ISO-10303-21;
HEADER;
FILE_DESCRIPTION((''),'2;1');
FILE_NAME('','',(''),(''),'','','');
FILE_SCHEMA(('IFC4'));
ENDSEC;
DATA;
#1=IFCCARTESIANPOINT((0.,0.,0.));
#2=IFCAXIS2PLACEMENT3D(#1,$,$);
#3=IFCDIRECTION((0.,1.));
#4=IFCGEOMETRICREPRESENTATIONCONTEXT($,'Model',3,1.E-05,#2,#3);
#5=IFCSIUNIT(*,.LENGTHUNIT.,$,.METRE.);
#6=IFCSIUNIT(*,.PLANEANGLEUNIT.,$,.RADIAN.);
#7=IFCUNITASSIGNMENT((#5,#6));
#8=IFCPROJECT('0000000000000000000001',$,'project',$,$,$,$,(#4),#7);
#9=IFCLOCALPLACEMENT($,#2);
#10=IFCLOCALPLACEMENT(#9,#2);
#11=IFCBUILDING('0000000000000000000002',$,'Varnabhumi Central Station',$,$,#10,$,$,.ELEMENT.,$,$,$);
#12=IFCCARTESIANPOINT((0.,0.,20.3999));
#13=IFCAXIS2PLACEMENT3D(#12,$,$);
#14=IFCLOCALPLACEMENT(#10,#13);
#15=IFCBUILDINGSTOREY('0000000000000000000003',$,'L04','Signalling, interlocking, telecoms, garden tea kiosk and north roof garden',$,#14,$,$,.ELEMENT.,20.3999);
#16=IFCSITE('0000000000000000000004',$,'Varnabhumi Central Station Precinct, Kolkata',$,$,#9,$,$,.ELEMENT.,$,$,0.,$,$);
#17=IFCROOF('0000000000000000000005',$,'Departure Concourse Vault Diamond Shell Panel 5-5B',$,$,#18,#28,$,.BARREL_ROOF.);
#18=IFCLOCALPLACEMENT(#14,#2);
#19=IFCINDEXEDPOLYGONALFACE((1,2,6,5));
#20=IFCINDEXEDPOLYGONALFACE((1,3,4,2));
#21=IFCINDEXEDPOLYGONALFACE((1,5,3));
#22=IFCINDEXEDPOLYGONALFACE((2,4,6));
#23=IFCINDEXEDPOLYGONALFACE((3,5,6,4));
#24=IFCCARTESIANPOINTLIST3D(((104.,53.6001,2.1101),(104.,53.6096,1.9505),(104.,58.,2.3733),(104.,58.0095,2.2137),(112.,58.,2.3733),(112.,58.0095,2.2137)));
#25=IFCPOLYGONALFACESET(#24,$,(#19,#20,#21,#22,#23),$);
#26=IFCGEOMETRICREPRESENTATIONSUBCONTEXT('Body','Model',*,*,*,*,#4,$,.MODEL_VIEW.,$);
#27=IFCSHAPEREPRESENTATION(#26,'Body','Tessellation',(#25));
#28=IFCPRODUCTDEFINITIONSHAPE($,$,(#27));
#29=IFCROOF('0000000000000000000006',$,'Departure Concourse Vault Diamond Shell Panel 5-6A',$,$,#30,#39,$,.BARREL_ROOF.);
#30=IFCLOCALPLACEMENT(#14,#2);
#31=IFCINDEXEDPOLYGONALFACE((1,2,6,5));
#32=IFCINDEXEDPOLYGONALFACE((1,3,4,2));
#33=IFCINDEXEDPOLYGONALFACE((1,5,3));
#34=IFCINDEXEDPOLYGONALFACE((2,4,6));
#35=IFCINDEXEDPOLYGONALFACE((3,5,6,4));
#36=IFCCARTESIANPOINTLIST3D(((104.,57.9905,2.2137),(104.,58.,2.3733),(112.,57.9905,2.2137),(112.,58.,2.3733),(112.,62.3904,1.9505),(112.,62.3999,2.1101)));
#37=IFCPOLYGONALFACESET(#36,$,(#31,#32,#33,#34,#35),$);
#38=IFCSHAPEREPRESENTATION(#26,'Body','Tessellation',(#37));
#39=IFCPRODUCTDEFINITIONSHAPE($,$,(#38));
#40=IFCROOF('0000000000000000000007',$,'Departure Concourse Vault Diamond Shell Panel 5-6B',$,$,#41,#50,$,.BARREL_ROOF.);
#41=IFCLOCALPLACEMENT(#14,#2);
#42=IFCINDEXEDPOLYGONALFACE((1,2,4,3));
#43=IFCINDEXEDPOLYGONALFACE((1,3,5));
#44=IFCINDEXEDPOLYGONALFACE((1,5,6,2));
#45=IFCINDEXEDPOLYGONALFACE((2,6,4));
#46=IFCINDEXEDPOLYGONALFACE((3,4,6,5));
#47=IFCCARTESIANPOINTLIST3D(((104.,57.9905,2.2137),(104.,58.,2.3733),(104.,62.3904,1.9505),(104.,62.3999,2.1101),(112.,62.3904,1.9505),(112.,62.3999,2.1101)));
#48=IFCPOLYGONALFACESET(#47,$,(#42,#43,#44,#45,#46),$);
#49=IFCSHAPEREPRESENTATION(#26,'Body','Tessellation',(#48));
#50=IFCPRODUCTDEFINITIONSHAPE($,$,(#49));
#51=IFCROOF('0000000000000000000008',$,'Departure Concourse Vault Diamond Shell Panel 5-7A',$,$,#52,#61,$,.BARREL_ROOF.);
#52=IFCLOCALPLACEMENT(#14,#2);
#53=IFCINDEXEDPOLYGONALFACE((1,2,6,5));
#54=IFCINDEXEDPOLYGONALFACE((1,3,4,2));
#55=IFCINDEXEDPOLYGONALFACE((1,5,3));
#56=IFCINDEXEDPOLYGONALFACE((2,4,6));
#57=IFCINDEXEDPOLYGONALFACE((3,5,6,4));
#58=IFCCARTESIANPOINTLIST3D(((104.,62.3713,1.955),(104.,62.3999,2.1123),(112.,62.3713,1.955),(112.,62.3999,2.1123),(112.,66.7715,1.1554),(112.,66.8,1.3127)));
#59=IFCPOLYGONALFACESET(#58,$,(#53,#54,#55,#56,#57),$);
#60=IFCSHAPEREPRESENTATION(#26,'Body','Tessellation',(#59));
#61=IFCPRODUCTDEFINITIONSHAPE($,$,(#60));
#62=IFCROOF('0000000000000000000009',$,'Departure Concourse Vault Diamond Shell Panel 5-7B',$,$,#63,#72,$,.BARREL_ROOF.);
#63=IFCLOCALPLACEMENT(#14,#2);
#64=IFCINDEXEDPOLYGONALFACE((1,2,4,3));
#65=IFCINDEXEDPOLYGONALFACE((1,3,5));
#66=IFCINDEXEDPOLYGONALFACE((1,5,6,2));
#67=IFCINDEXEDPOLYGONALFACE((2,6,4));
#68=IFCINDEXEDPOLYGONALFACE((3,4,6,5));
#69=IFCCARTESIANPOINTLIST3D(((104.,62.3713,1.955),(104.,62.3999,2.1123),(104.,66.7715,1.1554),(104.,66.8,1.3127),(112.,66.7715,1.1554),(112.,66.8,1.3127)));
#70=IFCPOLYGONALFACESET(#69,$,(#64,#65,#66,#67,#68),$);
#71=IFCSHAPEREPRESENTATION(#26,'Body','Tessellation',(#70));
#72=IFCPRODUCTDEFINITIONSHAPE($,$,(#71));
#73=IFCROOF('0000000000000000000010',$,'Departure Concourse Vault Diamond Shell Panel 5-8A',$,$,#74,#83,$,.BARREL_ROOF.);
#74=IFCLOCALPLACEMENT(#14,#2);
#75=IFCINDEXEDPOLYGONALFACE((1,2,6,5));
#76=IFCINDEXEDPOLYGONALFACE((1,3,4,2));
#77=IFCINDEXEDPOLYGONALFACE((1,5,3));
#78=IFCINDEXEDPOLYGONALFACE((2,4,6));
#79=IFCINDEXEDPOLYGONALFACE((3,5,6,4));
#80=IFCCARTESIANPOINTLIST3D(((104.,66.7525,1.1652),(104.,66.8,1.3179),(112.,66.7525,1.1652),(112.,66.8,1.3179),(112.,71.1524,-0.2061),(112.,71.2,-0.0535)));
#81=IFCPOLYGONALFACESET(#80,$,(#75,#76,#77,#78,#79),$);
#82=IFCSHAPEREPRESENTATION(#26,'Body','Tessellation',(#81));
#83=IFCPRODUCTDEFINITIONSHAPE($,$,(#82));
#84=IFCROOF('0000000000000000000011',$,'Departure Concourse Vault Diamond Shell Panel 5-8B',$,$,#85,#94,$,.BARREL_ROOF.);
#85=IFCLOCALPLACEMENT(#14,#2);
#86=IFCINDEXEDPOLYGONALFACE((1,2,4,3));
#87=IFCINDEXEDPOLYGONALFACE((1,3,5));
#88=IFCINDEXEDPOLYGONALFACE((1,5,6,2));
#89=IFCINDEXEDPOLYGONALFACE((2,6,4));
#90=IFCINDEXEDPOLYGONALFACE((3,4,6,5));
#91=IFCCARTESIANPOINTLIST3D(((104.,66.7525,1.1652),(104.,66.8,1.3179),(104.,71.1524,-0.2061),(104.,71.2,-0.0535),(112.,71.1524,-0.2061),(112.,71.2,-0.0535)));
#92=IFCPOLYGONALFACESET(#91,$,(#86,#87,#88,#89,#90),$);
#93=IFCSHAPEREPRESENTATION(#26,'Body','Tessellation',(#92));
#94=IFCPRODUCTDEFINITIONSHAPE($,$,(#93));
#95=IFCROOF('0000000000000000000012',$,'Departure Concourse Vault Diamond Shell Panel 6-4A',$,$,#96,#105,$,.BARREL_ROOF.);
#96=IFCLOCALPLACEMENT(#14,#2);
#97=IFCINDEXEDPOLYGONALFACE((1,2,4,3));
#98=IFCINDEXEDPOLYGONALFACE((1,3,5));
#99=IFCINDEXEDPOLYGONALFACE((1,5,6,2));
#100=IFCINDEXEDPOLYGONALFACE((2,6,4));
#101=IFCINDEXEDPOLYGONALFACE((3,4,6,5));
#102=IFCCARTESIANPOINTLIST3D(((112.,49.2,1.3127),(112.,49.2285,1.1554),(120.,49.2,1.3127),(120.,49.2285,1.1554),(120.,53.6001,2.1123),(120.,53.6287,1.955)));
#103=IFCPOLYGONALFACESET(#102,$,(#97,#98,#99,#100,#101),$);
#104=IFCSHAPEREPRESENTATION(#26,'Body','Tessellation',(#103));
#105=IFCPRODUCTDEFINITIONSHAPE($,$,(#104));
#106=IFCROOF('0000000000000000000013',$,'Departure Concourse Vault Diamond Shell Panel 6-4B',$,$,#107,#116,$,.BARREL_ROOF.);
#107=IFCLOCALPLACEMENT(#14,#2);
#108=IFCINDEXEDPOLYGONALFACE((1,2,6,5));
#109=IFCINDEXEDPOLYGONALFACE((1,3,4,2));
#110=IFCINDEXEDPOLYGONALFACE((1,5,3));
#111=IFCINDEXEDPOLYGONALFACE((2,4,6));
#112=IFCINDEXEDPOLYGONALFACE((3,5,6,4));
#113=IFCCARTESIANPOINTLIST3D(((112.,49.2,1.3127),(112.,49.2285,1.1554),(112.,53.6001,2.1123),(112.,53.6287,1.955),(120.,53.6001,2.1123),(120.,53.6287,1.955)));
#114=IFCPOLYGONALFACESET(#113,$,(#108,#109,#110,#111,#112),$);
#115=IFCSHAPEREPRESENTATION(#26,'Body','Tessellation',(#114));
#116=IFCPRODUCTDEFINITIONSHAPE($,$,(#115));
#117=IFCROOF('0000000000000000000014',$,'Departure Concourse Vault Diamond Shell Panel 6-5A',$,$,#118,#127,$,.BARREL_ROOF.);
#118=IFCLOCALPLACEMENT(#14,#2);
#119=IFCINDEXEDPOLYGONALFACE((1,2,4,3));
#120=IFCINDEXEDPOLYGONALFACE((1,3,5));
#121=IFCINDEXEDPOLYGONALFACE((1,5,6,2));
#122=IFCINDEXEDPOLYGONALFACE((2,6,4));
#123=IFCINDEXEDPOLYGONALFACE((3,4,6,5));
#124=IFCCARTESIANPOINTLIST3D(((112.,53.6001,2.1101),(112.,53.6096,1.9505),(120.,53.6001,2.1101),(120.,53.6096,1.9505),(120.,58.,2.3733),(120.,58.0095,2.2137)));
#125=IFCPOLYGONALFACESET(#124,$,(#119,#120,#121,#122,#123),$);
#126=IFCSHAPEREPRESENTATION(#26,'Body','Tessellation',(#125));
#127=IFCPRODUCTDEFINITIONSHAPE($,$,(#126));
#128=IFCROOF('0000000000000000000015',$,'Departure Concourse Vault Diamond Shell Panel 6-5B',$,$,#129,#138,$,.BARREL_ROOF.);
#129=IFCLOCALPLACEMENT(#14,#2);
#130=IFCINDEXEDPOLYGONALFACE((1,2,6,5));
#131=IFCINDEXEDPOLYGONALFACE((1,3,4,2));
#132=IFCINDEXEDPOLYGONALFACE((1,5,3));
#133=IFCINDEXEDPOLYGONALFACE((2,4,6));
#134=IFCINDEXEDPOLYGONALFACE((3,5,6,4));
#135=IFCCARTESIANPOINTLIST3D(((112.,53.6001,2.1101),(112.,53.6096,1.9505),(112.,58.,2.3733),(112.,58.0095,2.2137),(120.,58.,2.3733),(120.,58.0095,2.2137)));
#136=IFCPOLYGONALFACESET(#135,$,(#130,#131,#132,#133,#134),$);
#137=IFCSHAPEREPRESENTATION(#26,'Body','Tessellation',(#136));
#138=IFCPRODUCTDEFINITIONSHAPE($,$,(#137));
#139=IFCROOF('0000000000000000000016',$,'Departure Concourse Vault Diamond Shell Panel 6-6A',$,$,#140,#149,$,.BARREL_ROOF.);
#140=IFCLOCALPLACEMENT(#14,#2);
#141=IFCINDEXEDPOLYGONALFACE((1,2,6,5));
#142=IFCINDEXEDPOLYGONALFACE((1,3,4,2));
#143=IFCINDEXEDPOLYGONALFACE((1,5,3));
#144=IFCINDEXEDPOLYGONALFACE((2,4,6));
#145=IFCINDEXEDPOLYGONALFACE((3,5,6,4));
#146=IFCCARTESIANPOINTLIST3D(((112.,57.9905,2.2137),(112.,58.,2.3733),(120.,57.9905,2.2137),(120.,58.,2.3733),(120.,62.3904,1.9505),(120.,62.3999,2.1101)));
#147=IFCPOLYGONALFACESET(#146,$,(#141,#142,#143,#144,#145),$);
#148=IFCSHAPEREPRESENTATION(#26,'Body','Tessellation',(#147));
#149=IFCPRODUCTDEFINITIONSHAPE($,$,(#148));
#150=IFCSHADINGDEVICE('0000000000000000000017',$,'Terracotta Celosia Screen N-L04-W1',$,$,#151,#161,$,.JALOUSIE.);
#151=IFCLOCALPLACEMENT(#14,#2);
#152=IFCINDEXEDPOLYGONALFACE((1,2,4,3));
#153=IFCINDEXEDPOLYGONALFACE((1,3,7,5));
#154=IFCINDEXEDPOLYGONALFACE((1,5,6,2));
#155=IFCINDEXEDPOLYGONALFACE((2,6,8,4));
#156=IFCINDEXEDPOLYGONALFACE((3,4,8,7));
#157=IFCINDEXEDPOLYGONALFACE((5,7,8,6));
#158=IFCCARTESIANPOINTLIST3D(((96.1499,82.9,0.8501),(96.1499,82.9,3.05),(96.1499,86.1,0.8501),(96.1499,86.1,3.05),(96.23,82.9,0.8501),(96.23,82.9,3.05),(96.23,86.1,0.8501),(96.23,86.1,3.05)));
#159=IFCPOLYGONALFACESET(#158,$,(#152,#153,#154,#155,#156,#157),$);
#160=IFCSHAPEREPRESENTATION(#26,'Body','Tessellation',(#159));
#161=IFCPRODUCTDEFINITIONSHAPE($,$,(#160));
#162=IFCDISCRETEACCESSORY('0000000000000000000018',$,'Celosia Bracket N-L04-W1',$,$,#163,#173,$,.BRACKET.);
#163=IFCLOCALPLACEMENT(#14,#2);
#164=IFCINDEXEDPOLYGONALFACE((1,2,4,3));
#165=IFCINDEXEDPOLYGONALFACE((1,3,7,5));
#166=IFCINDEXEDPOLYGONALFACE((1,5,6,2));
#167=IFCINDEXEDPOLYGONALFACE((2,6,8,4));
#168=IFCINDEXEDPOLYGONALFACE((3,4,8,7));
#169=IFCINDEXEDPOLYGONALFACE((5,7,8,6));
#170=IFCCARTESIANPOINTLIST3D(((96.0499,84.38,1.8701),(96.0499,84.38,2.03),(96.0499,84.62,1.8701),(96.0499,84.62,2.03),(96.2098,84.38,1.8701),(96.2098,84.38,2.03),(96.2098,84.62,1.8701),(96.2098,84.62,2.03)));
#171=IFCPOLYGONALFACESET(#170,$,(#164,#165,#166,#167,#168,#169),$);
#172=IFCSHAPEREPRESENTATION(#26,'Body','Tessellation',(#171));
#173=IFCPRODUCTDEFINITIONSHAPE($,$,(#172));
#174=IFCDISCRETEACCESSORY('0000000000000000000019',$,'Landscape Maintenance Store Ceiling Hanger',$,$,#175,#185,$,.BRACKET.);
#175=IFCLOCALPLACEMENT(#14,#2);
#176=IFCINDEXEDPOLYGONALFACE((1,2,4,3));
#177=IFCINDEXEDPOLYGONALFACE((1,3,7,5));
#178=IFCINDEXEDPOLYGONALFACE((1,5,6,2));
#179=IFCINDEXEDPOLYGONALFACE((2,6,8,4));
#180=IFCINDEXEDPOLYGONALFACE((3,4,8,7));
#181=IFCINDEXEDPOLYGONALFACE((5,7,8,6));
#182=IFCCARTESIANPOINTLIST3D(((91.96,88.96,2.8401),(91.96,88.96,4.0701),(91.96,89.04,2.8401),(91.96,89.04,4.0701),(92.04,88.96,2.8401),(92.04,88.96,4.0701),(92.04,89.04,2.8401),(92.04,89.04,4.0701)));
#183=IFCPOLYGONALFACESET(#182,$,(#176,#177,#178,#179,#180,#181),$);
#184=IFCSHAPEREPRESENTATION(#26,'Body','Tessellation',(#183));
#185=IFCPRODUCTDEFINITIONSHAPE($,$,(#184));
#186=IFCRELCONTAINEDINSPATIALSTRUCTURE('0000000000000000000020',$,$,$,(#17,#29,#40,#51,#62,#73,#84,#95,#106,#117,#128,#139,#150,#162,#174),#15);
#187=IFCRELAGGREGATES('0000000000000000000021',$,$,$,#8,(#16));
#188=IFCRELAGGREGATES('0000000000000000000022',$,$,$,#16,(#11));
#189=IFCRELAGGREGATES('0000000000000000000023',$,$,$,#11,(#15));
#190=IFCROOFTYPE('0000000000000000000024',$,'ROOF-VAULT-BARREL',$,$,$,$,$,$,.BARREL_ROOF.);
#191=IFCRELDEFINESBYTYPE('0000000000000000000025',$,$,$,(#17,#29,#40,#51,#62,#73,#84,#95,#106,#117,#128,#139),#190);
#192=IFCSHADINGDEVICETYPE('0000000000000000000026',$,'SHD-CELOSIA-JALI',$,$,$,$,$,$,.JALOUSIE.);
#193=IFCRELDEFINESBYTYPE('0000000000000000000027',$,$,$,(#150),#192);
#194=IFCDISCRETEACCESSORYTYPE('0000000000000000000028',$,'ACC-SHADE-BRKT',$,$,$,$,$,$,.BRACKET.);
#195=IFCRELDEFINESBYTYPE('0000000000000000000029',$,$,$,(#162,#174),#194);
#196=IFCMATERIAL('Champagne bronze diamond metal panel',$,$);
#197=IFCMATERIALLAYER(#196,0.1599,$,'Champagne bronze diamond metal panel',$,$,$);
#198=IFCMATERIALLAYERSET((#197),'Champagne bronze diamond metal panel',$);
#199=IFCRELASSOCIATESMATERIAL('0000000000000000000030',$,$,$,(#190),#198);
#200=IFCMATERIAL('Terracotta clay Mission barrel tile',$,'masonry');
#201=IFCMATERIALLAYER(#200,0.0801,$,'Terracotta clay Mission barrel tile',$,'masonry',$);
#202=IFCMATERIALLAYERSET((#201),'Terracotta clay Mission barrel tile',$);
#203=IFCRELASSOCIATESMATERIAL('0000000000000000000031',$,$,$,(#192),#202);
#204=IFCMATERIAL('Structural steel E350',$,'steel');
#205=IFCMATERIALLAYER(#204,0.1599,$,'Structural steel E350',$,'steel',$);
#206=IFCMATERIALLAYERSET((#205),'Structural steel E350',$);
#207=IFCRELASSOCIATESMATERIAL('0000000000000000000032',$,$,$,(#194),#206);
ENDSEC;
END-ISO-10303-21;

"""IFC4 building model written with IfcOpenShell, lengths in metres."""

from ifc_helpers import new_model, si_unit, direction, frame, origin, origin_2d, place, context, subcontext, project, spatial, polyline, rectangle, outline, extrude, material, layer, layer_set, type_object, element, save


model = new_model("IFC4")

# Units and contexts
model_context = context("Model", 3, precision=1e-05, world=origin(), true_north=direction((0.0, 1.0)))
body_context = subcontext(model_context, "Body", "Model", "MODEL_VIEW")
ifc_project = project(units=[si_unit("LENGTHUNIT", "METRE"), si_unit("PLANEANGLEUNIT", "RADIAN")], contexts=[model_context])

# Site, building, storey
site_placement = place(None, origin())
site = spatial("IfcSite", under=ifc_project, at=site_placement, Name="Varnabhumi Central Station Precinct, Kolkata", CompositionType="ELEMENT", RefElevation=0.0)
building_placement = place(site_placement, origin())
building = spatial("IfcBuilding", under=site, at=building_placement, Name="Varnabhumi Central Station", CompositionType="ELEMENT")
storey_placement = place(building_placement, frame((0.0, 0.0, 20.3999)))
storey = spatial("IfcBuildingStorey", under=building, at=storey_placement, Name="L04", Description="Signalling, interlocking, telecoms, garden tea kiosk and north roof garden", CompositionType="ELEMENT", Elevation=20.3999)

# Shared definitions
ifc_material_1 = material(Name="Structural steel E350", Category="steel")

# Roofs
ifc_material_2 = material(Name="Champagne bronze diamond metal panel")
ifc_layer_1 = layer(ifc_material_2, 0.1599, Name="Champagne bronze diamond metal panel")
ifc_layer_set_1 = layer_set([ifc_layer_1], Name="Champagne bronze diamond metal panel")
roof_type = type_object("IfcRoofType", Name="ROOF-VAULT-BARREL", PredefinedType="BARREL_ROOF", material=ifc_layer_set_1)
roof_1_placement = place(storey_placement, frame((104.0, 53.6001, 2.1101), z_axis=(0.0, -0.059709, 0.998216), x_axis=(0.875857, 0.48171, 0.028814)))
element("IfcRoof", 1, at=roof_1_placement, inside=storey, type_object=roof_type, Name="Departure Concourse Vault Diamond Shell Panel 5-5B", PredefinedType="BARREL_ROOF", context=body_context, shape_type="SweptSolid", body=[
    extrude(outline(polyline([(0.0, 0.0), (9.1339, 0.0), (2.1271, 3.8606), (0.0, 0.0)])), origin(), (0.0, 0.0, -1.0), 0.1599),
])
roof_2_placement = place(storey_placement, frame((104.0, 58.0, 2.3733), z_axis=(0.0, 0.059709, 0.998216), x_axis=(1.0, 0.0, 0.0)))
element("IfcRoof", 2, at=roof_2_placement, inside=storey, type_object=roof_type, Name="Departure Concourse Vault Diamond Shell Panel 5-6A", PredefinedType="BARREL_ROOF", context=body_context, shape_type="SweptSolid", body=[
    extrude(outline(polyline([(0.0, 0.0), (8.0, 0.0), (8.0, 4.4078), (0.0, 0.0)])), origin(), (0.0, 0.0, -1.0), 0.1599),
])
roof_3_placement = place(storey_placement, frame((104.0, 58.0, 2.3733), z_axis=(0.0, 0.059709, 0.998216), x_axis=(0.875857, 0.48171, -0.028814)))
element("IfcRoof", 3, at=roof_3_placement, inside=storey, type_object=roof_type, Name="Departure Concourse Vault Diamond Shell Panel 5-6B", PredefinedType="BARREL_ROOF", context=body_context, shape_type="SweptSolid", body=[
    extrude(outline(polyline([(0.0, 0.0), (9.1339, 0.0), (2.1271, 3.8606), (0.0, 0.0)])), origin(), (0.0, 0.0, -1.0), 0.1599),
])
roof_4_placement = place(storey_placement, frame((104.0, 62.3999, 2.1123), z_axis=(0.0, 0.178785, 0.983888), x_axis=(1.0, 0.0, 0.0)))
element("IfcRoof", 4, at=roof_4_placement, inside=storey, type_object=roof_type, Name="Departure Concourse Vault Diamond Shell Panel 5-7A", PredefinedType="BARREL_ROOF", context=body_context, shape_type="SweptSolid", body=[
    extrude(outline(polyline([(0.0, 0.0), (8.0, 0.0), (8.0, 4.4722), (0.0, 0.0)])), origin(), (0.0, 0.0, -1.0), 0.1599),
])
roof_5_placement = place(storey_placement, frame((104.0, 62.3999, 2.1123), z_axis=(0.0, 0.178785, 0.983888), x_axis=(0.872869, 0.480094, -0.087239)))
element("IfcRoof", 5, at=roof_5_placement, inside=storey, type_object=roof_type, Name="Departure Concourse Vault Diamond Shell Panel 5-7B", PredefinedType="BARREL_ROOF", context=body_context, shape_type="SweptSolid", body=[
    extrude(outline(polyline([(0.0, 0.0), (9.1652, 0.0), (2.1822, 3.9036), (0.0, 0.0)])), origin(), (0.0, 0.0, -1.0), 0.1599),
])
roof_6_placement = place(storey_placement, frame((104.0, 66.8, 1.3179), z_axis=(0.0, 0.297557, 0.954704), x_axis=(1.0, 0.0, 0.0)))
element("IfcRoof", 6, at=roof_6_placement, inside=storey, type_object=roof_type, Name="Departure Concourse Vault Diamond Shell Panel 5-8A", PredefinedType="BARREL_ROOF", context=body_context, shape_type="SweptSolid", body=[
    extrude(outline(polyline([(0.0, 0.0), (8.0, 0.0), (8.0, 4.6087), (0.0, 0.0)])), origin(), (0.0, 0.0, -1.0), 0.1599),
])
roof_7_placement = place(storey_placement, frame((104.0, 66.8, 1.3179), z_axis=(0.0, 0.297557, 0.954704), x_axis=(0.866501, 0.476565, -0.148533)))
element("IfcRoof", 7, at=roof_7_placement, inside=storey, type_object=roof_type, Name="Departure Concourse Vault Diamond Shell Panel 5-8B", PredefinedType="BARREL_ROOF", context=body_context, shape_type="SweptSolid", body=[
    extrude(outline(polyline([(0.0, 0.0), (9.2325, 0.0), (2.3005, 3.9934), (0.0, 0.0)])), origin(), (0.0, 0.0, -1.0), 0.1599),
])
roof_8_placement = place(storey_placement, frame((112.0, 49.2, 1.3127), z_axis=(0.0, -0.178785, 0.983888), x_axis=(1.0, 0.0, 0.0)))
element("IfcRoof", 8, at=roof_8_placement, inside=storey, type_object=roof_type, Name="Departure Concourse Vault Diamond Shell Panel 6-4A", PredefinedType="BARREL_ROOF", context=body_context, shape_type="SweptSolid", body=[
    extrude(outline(polyline([(0.0, 0.0), (8.0, 0.0), (8.0, 4.4722), (0.0, 0.0)])), origin(), (0.0, 0.0, -1.0), 0.1599),
])
roof_9_placement = place(storey_placement, frame((112.0, 49.2, 1.3127), z_axis=(0.0, -0.178785, 0.983888), x_axis=(0.872869, 0.480094, 0.087239)))
element("IfcRoof", 9, at=roof_9_placement, inside=storey, type_object=roof_type, Name="Departure Concourse Vault Diamond Shell Panel 6-4B", PredefinedType="BARREL_ROOF", context=body_context, shape_type="SweptSolid", body=[
    extrude(outline(polyline([(0.0, 0.0), (9.1652, 0.0), (2.1822, 3.9036), (0.0, 0.0)])), origin(), (0.0, 0.0, -1.0), 0.1599),
])
roof_10_placement = place(storey_placement, frame((112.0, 53.6001, 2.1101), z_axis=(0.0, -0.059709, 0.998216), x_axis=(1.0, 0.0, 0.0)))
element("IfcRoof", 10, at=roof_10_placement, inside=storey, type_object=roof_type, Name="Departure Concourse Vault Diamond Shell Panel 6-5A", PredefinedType="BARREL_ROOF", context=body_context, shape_type="SweptSolid", body=[
    extrude(outline(polyline([(0.0, 0.0), (8.0, 0.0), (8.0, 4.4078), (0.0, 0.0)])), origin(), (0.0, 0.0, -1.0), 0.1599),
])
roof_11_placement = place(storey_placement, frame((112.0, 53.6001, 2.1101), z_axis=(0.0, -0.059709, 0.998216), x_axis=(0.875857, 0.48171, 0.028814)))
element("IfcRoof", 11, at=roof_11_placement, inside=storey, type_object=roof_type, Name="Departure Concourse Vault Diamond Shell Panel 6-5B", PredefinedType="BARREL_ROOF", context=body_context, shape_type="SweptSolid", body=[
    extrude(outline(polyline([(0.0, 0.0), (9.1339, 0.0), (2.1271, 3.8606), (0.0, 0.0)])), origin(), (0.0, 0.0, -1.0), 0.1599),
])
roof_12_placement = place(storey_placement, frame((112.0, 58.0, 2.3733), z_axis=(0.0, 0.059709, 0.998216), x_axis=(1.0, 0.0, 0.0)))
element("IfcRoof", 12, at=roof_12_placement, inside=storey, type_object=roof_type, Name="Departure Concourse Vault Diamond Shell Panel 6-6A", PredefinedType="BARREL_ROOF", context=body_context, shape_type="SweptSolid", body=[
    extrude(outline(polyline([(0.0, 0.0), (8.0, 0.0), (8.0, 4.4078), (0.0, 0.0)])), origin(), (0.0, 0.0, -1.0), 0.1599),
])

# Shading device
ifc_material_3 = material(Name="Terracotta clay Mission barrel tile", Category="masonry")
ifc_layer_2 = layer(ifc_material_3, 0.0801, Name="Terracotta clay Mission barrel tile", Category="masonry")
ifc_layer_set_2 = layer_set([ifc_layer_2], Name="Terracotta clay Mission barrel tile")
shading_device_type = type_object("IfcShadingDeviceType", Name="SHD-CELOSIA-JALI", PredefinedType="JALOUSIE", material=ifc_layer_set_2)
shading_device_placement = place(storey_placement, frame((96.1899, 84.5, 0.8501), z_axis=(0.0, 0.0, 1.0), x_axis=(1.0, 0.0, 0.0)))
element("IfcShadingDevice", 13, at=shading_device_placement, inside=storey, type_object=shading_device_type, Name="Terracotta Celosia Screen N-L04-W1", PredefinedType="JALOUSIE", context=body_context, shape_type="SweptSolid", body=[
    extrude(rectangle(XDim=0.0801, YDim=3.2, at=origin_2d()), origin(), (0.0, 0.0, 1.0), 2.2),
])

# Discrete accessories
ifc_layer_3 = layer(ifc_material_1, 0.1599, Name="Structural steel E350", Category="steel")
ifc_layer_set_3 = layer_set([ifc_layer_3], Name="Structural steel E350")
discrete_accessory_type = type_object("IfcDiscreteAccessoryType", Name="ACC-SHADE-BRKT", PredefinedType="BRACKET", material=ifc_layer_set_3)
discrete_accessory_1_placement = place(storey_placement, frame((96.1299, 84.5, 1.8701), z_axis=(0.0, 0.0, 1.0), x_axis=(1.0, 0.0, 0.0)))
element("IfcDiscreteAccessory", 14, at=discrete_accessory_1_placement, inside=storey, type_object=discrete_accessory_type, Name="Celosia Bracket N-L04-W1", PredefinedType="BRACKET", context=body_context, shape_type="SweptSolid", body=[
    extrude(rectangle(XDim=0.1599, YDim=0.24, at=origin_2d()), origin(), (0.0, 0.0, 1.0), 0.1599),
])
discrete_accessory_2_placement = place(storey_placement, frame((92.0, 89.0, 2.8401), z_axis=(0.0, 0.0, 1.0), x_axis=(1.0, 0.0, 0.0)))
element("IfcDiscreteAccessory", 15, at=discrete_accessory_2_placement, inside=storey, type_object=discrete_accessory_type, Name="Landscape Maintenance Store Ceiling Hanger", PredefinedType="BRACKET", context=body_context, shape_type="SweptSolid", body=[
    extrude(rectangle(XDim=0.0801, YDim=0.0801, at=origin_2d()), origin(), (0.0, 0.0, 1.0), 1.23),
])

save(model, "model.ifc")
